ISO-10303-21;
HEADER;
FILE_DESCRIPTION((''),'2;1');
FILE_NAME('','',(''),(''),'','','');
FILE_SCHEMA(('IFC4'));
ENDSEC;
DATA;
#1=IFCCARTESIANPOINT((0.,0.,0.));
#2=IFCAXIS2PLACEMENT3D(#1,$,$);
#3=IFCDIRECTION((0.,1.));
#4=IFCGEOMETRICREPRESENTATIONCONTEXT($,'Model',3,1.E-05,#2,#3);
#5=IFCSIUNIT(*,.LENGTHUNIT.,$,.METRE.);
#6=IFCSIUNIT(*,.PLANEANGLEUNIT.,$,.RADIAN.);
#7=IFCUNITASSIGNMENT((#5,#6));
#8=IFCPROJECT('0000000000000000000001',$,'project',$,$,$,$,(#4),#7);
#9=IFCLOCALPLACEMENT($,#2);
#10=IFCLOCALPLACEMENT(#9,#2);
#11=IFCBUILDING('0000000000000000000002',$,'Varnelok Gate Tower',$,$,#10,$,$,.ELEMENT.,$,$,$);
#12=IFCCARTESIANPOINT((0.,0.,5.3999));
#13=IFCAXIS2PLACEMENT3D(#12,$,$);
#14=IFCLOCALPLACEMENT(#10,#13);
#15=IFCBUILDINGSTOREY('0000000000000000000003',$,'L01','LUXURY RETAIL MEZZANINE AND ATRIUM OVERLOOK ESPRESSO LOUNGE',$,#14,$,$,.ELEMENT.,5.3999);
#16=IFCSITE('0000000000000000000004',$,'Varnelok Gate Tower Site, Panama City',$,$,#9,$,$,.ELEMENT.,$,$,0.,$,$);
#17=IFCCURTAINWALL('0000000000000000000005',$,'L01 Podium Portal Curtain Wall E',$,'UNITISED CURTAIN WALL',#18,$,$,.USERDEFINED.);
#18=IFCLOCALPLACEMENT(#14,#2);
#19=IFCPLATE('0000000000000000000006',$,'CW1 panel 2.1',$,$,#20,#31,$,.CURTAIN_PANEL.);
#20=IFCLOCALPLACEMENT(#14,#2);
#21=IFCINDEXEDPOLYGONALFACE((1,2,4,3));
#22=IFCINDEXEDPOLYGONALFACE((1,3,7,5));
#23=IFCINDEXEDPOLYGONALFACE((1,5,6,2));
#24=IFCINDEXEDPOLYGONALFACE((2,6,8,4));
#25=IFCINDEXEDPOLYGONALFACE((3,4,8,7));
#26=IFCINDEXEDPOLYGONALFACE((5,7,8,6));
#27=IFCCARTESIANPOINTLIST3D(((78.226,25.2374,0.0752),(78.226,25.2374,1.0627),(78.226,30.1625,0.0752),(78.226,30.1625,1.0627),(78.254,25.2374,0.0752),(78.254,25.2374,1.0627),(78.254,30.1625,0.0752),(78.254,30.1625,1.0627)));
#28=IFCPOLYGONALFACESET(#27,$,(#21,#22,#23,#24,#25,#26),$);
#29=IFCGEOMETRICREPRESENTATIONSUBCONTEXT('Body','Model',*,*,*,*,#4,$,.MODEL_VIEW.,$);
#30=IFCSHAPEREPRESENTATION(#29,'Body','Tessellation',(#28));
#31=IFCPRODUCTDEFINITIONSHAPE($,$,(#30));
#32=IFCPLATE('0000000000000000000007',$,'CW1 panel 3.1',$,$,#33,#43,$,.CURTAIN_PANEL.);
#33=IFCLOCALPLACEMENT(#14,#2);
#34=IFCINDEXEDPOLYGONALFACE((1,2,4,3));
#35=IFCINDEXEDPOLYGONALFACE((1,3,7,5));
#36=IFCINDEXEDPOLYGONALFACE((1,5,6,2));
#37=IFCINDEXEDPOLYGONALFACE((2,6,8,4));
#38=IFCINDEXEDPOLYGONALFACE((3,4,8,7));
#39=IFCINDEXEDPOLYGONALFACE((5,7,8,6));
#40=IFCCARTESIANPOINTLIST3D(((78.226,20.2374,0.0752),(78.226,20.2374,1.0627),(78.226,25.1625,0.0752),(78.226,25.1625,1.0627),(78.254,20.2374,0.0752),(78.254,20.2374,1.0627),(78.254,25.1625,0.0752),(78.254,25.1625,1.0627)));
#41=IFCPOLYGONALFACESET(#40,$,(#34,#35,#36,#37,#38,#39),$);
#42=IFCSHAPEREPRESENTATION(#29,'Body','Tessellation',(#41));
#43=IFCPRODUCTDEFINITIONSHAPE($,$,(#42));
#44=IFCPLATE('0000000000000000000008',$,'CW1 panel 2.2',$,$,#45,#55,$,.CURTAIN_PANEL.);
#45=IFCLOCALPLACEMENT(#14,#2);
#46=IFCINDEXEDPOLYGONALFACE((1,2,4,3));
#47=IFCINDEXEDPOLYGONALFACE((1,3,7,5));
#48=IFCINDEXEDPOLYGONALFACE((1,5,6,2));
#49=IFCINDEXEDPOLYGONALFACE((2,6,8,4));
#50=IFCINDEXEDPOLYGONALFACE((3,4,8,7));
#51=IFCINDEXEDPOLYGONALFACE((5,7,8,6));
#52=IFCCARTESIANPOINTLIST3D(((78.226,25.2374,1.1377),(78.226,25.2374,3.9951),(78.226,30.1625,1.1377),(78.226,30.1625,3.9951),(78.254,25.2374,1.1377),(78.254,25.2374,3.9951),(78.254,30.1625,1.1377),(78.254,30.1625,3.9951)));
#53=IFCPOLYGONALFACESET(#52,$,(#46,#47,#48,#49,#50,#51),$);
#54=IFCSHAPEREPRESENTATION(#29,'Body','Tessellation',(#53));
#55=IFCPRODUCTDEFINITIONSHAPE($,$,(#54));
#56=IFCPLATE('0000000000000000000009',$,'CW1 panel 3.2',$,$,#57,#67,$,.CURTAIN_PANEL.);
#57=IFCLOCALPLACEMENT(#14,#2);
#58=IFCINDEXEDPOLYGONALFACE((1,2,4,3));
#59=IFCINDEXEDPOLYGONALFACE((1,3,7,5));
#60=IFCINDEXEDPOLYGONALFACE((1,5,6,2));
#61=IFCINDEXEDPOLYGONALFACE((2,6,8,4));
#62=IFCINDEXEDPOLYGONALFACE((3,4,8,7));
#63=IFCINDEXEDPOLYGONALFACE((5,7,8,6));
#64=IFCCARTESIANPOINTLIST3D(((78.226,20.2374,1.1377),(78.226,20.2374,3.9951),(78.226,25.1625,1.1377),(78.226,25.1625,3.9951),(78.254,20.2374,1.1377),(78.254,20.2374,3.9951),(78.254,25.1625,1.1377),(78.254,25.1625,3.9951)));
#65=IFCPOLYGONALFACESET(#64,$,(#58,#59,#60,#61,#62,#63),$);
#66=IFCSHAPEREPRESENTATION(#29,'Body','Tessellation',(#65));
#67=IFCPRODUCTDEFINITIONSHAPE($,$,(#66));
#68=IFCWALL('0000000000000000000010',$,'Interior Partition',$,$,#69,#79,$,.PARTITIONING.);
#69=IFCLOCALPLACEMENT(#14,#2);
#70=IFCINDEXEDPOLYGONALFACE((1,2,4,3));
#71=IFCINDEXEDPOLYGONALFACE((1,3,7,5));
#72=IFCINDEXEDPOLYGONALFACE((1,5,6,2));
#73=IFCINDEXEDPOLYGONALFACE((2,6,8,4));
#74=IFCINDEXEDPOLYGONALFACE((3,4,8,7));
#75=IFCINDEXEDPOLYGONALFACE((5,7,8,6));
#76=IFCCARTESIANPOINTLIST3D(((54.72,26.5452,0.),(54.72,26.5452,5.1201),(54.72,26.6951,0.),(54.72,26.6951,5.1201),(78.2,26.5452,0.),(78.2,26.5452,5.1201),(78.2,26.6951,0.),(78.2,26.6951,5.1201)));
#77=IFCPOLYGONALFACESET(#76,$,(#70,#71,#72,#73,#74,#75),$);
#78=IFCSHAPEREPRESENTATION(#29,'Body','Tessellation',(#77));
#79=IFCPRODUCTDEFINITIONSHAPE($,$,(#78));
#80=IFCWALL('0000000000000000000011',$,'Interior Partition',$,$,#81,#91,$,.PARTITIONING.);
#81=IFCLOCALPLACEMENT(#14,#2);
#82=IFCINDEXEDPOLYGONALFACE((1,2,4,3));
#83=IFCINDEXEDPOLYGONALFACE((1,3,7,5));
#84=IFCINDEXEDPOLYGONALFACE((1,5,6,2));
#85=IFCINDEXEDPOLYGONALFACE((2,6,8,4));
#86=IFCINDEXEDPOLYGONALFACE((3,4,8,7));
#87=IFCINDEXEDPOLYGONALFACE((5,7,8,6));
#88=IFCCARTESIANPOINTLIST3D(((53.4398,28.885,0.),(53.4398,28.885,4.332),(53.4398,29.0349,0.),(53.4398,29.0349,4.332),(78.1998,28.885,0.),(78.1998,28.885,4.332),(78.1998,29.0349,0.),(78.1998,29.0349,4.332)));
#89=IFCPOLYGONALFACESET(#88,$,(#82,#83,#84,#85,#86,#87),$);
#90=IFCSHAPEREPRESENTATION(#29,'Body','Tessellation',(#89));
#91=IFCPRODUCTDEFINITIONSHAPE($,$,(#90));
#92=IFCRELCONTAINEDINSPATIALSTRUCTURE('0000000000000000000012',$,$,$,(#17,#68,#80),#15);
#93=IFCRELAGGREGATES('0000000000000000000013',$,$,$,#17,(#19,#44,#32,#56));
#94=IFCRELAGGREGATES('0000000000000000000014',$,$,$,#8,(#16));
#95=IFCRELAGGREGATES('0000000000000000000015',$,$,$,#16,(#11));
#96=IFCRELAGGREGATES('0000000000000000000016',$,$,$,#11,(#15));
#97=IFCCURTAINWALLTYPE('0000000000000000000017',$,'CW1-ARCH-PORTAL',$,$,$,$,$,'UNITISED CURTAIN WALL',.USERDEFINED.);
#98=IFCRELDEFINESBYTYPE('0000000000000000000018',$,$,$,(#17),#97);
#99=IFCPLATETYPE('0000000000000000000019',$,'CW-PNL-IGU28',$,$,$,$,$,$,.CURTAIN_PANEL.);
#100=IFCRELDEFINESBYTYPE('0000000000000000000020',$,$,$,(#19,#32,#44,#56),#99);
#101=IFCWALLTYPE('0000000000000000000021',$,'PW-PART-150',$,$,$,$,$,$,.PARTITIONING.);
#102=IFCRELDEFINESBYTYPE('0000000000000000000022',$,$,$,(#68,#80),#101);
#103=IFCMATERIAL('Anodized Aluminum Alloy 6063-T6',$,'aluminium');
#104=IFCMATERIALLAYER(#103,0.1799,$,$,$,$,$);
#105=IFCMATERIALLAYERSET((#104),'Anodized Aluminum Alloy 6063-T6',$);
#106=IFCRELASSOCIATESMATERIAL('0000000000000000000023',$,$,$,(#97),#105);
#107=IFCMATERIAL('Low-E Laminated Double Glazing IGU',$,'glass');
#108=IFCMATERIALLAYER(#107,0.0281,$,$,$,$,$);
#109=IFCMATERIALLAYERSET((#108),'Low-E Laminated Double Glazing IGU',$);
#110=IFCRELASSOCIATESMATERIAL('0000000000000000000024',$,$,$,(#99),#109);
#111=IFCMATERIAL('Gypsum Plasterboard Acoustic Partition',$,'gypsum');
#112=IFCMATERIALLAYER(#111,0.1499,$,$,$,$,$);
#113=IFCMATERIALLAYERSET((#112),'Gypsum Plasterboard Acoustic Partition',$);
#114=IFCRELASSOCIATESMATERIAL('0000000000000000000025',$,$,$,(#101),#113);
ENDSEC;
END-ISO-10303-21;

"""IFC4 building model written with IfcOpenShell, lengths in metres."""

from ifc_helpers import new_model, si_unit, direction, frame, frame_2d, origin, origin_2d, place, context, subcontext, project, spatial, rectangle, extrude, source, transform, mapped, material, layer, layer_set, type_object, element, aggregate, save


model = new_model("IFC4")

# Units and contexts
model_context = context("Model", 3, precision=1e-05, world=origin(), true_north=direction((0.0, 1.0)))
body_context = subcontext(model_context, "Body", "Model", "MODEL_VIEW")
ifc_project = project(units=[si_unit("LENGTHUNIT", "METRE"), si_unit("PLANEANGLEUNIT", "RADIAN")], contexts=[model_context])

# Site, building, storey
site_placement = place(None, origin())
site = spatial("IfcSite", under=ifc_project, at=site_placement, Name="Varnelok Gate Tower Site, Panama City", CompositionType="ELEMENT", RefElevation=0.0)
building_placement = place(site_placement, origin())
building = spatial("IfcBuilding", under=site, at=building_placement, Name="Varnelok Gate Tower", CompositionType="ELEMENT")
storey_placement = place(building_placement, frame((0.0, 0.0, 5.3999)))
storey = spatial("IfcBuildingStorey", under=building, at=storey_placement, Name="L01", Description="LUXURY RETAIL MEZZANINE AND ATRIUM OVERLOOK ESPRESSO LOUNGE", CompositionType="ELEMENT", Elevation=5.3999)

# Curtain wall, plates
ifc_material_1 = material(Name="Anodized Aluminum Alloy 6063-T6", Category="aluminium")
ifc_layer_1 = layer(ifc_material_1, 0.1799)
ifc_layer_set_1 = layer_set([ifc_layer_1], Name="Anodized Aluminum Alloy 6063-T6")
curtain_wall_type = type_object("IfcCurtainWallType", Name="CW1-ARCH-PORTAL", ElementType="UNITISED CURTAIN WALL", PredefinedType="USERDEFINED", material=ifc_layer_set_1)
curtain_wall_placement = place(storey_placement, origin())
curtain_wall = element("IfcCurtainWall", 1, at=curtain_wall_placement, inside=storey, type_object=curtain_wall_type, Name="L01 Podium Portal Curtain Wall E", ObjectType="UNITISED CURTAIN WALL", PredefinedType="USERDEFINED")
ifc_material_2 = material(Name="Low-E Laminated Double Glazing IGU", Category="glass")
ifc_layer_2 = layer(ifc_material_2, 0.0281)
ifc_layer_set_2 = layer_set([ifc_layer_2], Name="Low-E Laminated Double Glazing IGU")
plate_type = type_object("IfcPlateType", Name="CW-PNL-IGU28", PredefinedType="CURTAIN_PANEL", material=ifc_layer_set_2)
shared_shape_1 = source(origin(), body_context, "Body", "SweptSolid", [
    extrude(rectangle(XDim=4.925, YDim=0.0281, at=origin_2d()), origin(), (0.0, 0.0, 1.0), 0.9875),
])
plate_1_placement = place(storey_placement, frame((78.24, 27.7, 0.0752), z_axis=(0.0, 0.0, 1.0), x_axis=(0.0, -1.0, 0.0)))
plate_1 = element("IfcPlate", 2, at=plate_1_placement, type_object=plate_type, Name="CW1 panel 2.1", PredefinedType="CURTAIN_PANEL", context=body_context, shape_type="MappedRepresentation", body=[
    mapped(shared_shape_1, transform((0.0, 0.0, 0.0), scale=1.0)),
])
plate_2_placement = place(storey_placement, frame((78.24, 22.7, 0.0752), z_axis=(0.0, 0.0, 1.0), x_axis=(0.0, -1.0, 0.0)))
plate_2 = element("IfcPlate", 3, at=plate_2_placement, type_object=plate_type, Name="CW1 panel 3.1", PredefinedType="CURTAIN_PANEL", context=body_context, shape_type="MappedRepresentation", body=[
    mapped(shared_shape_1, transform((0.0, 0.0, 0.0), scale=1.0)),
])
shared_shape_2 = source(origin(), body_context, "Body", "SweptSolid", [
    extrude(rectangle(XDim=4.925, YDim=0.0281, at=origin_2d()), origin(), (0.0, 0.0, 1.0), 2.8574),
])
plate_3_placement = place(storey_placement, frame((78.24, 27.7, 1.1377), z_axis=(0.0, 0.0, 1.0), x_axis=(0.0, -1.0, 0.0)))
plate_3 = element("IfcPlate", 4, at=plate_3_placement, type_object=plate_type, Name="CW1 panel 2.2", PredefinedType="CURTAIN_PANEL", context=body_context, shape_type="MappedRepresentation", body=[
    mapped(shared_shape_2, transform((0.0, 0.0, 0.0), scale=1.0)),
])
plate_4_placement = place(storey_placement, frame((78.24, 22.7, 1.1377), z_axis=(0.0, 0.0, 1.0), x_axis=(0.0, -1.0, 0.0)))
plate_4 = element("IfcPlate", 5, at=plate_4_placement, type_object=plate_type, Name="CW1 panel 3.2", PredefinedType="CURTAIN_PANEL", context=body_context, shape_type="MappedRepresentation", body=[
    mapped(shared_shape_2, transform((0.0, 0.0, 0.0), scale=1.0)),
])
aggregate(curtain_wall, [plate_1, plate_3, plate_2, plate_4])

# Walls
ifc_material_3 = material(Name="Gypsum Plasterboard Acoustic Partition", Category="gypsum")
ifc_layer_3 = layer(ifc_material_3, 0.1499)
ifc_layer_set_3 = layer_set([ifc_layer_3], Name="Gypsum Plasterboard Acoustic Partition")
wall_type = type_object("IfcWallType", Name="PW-PART-150", PredefinedType="PARTITIONING", material=ifc_layer_set_3)
wall_1_placement = place(storey_placement, frame((54.72, 26.6201, 0.0), z_axis=(0.0, 0.0, 1.0), x_axis=(1.0, 0.0, 0.0)))
element("IfcWall", 6, at=wall_1_placement, inside=storey, type_object=wall_type, Name="Interior Partition", PredefinedType="PARTITIONING", context=body_context, shape_type="SweptSolid", body=[
    extrude(rectangle(XDim=23.48, YDim=0.1499, at=frame_2d((11.74, 0.0))), origin(), (0.0, 0.0, 1.0), 5.1201),
])
wall_2_placement = place(storey_placement, frame((53.4399, 28.96, 0.0), z_axis=(0.0, 0.0, 1.0), x_axis=(1.0, 0.0, 0.0)))
element("IfcWall", 7, at=wall_2_placement, inside=storey, type_object=wall_type, Name="Interior Partition", PredefinedType="PARTITIONING", context=body_context, shape_type="SweptSolid", body=[
    extrude(rectangle(XDim=24.76, YDim=0.1499, at=frame_2d((12.3799, 0.0))), origin(), (0.0, 0.0, 1.0), 4.332),
])

save(model, "model.ifc")
